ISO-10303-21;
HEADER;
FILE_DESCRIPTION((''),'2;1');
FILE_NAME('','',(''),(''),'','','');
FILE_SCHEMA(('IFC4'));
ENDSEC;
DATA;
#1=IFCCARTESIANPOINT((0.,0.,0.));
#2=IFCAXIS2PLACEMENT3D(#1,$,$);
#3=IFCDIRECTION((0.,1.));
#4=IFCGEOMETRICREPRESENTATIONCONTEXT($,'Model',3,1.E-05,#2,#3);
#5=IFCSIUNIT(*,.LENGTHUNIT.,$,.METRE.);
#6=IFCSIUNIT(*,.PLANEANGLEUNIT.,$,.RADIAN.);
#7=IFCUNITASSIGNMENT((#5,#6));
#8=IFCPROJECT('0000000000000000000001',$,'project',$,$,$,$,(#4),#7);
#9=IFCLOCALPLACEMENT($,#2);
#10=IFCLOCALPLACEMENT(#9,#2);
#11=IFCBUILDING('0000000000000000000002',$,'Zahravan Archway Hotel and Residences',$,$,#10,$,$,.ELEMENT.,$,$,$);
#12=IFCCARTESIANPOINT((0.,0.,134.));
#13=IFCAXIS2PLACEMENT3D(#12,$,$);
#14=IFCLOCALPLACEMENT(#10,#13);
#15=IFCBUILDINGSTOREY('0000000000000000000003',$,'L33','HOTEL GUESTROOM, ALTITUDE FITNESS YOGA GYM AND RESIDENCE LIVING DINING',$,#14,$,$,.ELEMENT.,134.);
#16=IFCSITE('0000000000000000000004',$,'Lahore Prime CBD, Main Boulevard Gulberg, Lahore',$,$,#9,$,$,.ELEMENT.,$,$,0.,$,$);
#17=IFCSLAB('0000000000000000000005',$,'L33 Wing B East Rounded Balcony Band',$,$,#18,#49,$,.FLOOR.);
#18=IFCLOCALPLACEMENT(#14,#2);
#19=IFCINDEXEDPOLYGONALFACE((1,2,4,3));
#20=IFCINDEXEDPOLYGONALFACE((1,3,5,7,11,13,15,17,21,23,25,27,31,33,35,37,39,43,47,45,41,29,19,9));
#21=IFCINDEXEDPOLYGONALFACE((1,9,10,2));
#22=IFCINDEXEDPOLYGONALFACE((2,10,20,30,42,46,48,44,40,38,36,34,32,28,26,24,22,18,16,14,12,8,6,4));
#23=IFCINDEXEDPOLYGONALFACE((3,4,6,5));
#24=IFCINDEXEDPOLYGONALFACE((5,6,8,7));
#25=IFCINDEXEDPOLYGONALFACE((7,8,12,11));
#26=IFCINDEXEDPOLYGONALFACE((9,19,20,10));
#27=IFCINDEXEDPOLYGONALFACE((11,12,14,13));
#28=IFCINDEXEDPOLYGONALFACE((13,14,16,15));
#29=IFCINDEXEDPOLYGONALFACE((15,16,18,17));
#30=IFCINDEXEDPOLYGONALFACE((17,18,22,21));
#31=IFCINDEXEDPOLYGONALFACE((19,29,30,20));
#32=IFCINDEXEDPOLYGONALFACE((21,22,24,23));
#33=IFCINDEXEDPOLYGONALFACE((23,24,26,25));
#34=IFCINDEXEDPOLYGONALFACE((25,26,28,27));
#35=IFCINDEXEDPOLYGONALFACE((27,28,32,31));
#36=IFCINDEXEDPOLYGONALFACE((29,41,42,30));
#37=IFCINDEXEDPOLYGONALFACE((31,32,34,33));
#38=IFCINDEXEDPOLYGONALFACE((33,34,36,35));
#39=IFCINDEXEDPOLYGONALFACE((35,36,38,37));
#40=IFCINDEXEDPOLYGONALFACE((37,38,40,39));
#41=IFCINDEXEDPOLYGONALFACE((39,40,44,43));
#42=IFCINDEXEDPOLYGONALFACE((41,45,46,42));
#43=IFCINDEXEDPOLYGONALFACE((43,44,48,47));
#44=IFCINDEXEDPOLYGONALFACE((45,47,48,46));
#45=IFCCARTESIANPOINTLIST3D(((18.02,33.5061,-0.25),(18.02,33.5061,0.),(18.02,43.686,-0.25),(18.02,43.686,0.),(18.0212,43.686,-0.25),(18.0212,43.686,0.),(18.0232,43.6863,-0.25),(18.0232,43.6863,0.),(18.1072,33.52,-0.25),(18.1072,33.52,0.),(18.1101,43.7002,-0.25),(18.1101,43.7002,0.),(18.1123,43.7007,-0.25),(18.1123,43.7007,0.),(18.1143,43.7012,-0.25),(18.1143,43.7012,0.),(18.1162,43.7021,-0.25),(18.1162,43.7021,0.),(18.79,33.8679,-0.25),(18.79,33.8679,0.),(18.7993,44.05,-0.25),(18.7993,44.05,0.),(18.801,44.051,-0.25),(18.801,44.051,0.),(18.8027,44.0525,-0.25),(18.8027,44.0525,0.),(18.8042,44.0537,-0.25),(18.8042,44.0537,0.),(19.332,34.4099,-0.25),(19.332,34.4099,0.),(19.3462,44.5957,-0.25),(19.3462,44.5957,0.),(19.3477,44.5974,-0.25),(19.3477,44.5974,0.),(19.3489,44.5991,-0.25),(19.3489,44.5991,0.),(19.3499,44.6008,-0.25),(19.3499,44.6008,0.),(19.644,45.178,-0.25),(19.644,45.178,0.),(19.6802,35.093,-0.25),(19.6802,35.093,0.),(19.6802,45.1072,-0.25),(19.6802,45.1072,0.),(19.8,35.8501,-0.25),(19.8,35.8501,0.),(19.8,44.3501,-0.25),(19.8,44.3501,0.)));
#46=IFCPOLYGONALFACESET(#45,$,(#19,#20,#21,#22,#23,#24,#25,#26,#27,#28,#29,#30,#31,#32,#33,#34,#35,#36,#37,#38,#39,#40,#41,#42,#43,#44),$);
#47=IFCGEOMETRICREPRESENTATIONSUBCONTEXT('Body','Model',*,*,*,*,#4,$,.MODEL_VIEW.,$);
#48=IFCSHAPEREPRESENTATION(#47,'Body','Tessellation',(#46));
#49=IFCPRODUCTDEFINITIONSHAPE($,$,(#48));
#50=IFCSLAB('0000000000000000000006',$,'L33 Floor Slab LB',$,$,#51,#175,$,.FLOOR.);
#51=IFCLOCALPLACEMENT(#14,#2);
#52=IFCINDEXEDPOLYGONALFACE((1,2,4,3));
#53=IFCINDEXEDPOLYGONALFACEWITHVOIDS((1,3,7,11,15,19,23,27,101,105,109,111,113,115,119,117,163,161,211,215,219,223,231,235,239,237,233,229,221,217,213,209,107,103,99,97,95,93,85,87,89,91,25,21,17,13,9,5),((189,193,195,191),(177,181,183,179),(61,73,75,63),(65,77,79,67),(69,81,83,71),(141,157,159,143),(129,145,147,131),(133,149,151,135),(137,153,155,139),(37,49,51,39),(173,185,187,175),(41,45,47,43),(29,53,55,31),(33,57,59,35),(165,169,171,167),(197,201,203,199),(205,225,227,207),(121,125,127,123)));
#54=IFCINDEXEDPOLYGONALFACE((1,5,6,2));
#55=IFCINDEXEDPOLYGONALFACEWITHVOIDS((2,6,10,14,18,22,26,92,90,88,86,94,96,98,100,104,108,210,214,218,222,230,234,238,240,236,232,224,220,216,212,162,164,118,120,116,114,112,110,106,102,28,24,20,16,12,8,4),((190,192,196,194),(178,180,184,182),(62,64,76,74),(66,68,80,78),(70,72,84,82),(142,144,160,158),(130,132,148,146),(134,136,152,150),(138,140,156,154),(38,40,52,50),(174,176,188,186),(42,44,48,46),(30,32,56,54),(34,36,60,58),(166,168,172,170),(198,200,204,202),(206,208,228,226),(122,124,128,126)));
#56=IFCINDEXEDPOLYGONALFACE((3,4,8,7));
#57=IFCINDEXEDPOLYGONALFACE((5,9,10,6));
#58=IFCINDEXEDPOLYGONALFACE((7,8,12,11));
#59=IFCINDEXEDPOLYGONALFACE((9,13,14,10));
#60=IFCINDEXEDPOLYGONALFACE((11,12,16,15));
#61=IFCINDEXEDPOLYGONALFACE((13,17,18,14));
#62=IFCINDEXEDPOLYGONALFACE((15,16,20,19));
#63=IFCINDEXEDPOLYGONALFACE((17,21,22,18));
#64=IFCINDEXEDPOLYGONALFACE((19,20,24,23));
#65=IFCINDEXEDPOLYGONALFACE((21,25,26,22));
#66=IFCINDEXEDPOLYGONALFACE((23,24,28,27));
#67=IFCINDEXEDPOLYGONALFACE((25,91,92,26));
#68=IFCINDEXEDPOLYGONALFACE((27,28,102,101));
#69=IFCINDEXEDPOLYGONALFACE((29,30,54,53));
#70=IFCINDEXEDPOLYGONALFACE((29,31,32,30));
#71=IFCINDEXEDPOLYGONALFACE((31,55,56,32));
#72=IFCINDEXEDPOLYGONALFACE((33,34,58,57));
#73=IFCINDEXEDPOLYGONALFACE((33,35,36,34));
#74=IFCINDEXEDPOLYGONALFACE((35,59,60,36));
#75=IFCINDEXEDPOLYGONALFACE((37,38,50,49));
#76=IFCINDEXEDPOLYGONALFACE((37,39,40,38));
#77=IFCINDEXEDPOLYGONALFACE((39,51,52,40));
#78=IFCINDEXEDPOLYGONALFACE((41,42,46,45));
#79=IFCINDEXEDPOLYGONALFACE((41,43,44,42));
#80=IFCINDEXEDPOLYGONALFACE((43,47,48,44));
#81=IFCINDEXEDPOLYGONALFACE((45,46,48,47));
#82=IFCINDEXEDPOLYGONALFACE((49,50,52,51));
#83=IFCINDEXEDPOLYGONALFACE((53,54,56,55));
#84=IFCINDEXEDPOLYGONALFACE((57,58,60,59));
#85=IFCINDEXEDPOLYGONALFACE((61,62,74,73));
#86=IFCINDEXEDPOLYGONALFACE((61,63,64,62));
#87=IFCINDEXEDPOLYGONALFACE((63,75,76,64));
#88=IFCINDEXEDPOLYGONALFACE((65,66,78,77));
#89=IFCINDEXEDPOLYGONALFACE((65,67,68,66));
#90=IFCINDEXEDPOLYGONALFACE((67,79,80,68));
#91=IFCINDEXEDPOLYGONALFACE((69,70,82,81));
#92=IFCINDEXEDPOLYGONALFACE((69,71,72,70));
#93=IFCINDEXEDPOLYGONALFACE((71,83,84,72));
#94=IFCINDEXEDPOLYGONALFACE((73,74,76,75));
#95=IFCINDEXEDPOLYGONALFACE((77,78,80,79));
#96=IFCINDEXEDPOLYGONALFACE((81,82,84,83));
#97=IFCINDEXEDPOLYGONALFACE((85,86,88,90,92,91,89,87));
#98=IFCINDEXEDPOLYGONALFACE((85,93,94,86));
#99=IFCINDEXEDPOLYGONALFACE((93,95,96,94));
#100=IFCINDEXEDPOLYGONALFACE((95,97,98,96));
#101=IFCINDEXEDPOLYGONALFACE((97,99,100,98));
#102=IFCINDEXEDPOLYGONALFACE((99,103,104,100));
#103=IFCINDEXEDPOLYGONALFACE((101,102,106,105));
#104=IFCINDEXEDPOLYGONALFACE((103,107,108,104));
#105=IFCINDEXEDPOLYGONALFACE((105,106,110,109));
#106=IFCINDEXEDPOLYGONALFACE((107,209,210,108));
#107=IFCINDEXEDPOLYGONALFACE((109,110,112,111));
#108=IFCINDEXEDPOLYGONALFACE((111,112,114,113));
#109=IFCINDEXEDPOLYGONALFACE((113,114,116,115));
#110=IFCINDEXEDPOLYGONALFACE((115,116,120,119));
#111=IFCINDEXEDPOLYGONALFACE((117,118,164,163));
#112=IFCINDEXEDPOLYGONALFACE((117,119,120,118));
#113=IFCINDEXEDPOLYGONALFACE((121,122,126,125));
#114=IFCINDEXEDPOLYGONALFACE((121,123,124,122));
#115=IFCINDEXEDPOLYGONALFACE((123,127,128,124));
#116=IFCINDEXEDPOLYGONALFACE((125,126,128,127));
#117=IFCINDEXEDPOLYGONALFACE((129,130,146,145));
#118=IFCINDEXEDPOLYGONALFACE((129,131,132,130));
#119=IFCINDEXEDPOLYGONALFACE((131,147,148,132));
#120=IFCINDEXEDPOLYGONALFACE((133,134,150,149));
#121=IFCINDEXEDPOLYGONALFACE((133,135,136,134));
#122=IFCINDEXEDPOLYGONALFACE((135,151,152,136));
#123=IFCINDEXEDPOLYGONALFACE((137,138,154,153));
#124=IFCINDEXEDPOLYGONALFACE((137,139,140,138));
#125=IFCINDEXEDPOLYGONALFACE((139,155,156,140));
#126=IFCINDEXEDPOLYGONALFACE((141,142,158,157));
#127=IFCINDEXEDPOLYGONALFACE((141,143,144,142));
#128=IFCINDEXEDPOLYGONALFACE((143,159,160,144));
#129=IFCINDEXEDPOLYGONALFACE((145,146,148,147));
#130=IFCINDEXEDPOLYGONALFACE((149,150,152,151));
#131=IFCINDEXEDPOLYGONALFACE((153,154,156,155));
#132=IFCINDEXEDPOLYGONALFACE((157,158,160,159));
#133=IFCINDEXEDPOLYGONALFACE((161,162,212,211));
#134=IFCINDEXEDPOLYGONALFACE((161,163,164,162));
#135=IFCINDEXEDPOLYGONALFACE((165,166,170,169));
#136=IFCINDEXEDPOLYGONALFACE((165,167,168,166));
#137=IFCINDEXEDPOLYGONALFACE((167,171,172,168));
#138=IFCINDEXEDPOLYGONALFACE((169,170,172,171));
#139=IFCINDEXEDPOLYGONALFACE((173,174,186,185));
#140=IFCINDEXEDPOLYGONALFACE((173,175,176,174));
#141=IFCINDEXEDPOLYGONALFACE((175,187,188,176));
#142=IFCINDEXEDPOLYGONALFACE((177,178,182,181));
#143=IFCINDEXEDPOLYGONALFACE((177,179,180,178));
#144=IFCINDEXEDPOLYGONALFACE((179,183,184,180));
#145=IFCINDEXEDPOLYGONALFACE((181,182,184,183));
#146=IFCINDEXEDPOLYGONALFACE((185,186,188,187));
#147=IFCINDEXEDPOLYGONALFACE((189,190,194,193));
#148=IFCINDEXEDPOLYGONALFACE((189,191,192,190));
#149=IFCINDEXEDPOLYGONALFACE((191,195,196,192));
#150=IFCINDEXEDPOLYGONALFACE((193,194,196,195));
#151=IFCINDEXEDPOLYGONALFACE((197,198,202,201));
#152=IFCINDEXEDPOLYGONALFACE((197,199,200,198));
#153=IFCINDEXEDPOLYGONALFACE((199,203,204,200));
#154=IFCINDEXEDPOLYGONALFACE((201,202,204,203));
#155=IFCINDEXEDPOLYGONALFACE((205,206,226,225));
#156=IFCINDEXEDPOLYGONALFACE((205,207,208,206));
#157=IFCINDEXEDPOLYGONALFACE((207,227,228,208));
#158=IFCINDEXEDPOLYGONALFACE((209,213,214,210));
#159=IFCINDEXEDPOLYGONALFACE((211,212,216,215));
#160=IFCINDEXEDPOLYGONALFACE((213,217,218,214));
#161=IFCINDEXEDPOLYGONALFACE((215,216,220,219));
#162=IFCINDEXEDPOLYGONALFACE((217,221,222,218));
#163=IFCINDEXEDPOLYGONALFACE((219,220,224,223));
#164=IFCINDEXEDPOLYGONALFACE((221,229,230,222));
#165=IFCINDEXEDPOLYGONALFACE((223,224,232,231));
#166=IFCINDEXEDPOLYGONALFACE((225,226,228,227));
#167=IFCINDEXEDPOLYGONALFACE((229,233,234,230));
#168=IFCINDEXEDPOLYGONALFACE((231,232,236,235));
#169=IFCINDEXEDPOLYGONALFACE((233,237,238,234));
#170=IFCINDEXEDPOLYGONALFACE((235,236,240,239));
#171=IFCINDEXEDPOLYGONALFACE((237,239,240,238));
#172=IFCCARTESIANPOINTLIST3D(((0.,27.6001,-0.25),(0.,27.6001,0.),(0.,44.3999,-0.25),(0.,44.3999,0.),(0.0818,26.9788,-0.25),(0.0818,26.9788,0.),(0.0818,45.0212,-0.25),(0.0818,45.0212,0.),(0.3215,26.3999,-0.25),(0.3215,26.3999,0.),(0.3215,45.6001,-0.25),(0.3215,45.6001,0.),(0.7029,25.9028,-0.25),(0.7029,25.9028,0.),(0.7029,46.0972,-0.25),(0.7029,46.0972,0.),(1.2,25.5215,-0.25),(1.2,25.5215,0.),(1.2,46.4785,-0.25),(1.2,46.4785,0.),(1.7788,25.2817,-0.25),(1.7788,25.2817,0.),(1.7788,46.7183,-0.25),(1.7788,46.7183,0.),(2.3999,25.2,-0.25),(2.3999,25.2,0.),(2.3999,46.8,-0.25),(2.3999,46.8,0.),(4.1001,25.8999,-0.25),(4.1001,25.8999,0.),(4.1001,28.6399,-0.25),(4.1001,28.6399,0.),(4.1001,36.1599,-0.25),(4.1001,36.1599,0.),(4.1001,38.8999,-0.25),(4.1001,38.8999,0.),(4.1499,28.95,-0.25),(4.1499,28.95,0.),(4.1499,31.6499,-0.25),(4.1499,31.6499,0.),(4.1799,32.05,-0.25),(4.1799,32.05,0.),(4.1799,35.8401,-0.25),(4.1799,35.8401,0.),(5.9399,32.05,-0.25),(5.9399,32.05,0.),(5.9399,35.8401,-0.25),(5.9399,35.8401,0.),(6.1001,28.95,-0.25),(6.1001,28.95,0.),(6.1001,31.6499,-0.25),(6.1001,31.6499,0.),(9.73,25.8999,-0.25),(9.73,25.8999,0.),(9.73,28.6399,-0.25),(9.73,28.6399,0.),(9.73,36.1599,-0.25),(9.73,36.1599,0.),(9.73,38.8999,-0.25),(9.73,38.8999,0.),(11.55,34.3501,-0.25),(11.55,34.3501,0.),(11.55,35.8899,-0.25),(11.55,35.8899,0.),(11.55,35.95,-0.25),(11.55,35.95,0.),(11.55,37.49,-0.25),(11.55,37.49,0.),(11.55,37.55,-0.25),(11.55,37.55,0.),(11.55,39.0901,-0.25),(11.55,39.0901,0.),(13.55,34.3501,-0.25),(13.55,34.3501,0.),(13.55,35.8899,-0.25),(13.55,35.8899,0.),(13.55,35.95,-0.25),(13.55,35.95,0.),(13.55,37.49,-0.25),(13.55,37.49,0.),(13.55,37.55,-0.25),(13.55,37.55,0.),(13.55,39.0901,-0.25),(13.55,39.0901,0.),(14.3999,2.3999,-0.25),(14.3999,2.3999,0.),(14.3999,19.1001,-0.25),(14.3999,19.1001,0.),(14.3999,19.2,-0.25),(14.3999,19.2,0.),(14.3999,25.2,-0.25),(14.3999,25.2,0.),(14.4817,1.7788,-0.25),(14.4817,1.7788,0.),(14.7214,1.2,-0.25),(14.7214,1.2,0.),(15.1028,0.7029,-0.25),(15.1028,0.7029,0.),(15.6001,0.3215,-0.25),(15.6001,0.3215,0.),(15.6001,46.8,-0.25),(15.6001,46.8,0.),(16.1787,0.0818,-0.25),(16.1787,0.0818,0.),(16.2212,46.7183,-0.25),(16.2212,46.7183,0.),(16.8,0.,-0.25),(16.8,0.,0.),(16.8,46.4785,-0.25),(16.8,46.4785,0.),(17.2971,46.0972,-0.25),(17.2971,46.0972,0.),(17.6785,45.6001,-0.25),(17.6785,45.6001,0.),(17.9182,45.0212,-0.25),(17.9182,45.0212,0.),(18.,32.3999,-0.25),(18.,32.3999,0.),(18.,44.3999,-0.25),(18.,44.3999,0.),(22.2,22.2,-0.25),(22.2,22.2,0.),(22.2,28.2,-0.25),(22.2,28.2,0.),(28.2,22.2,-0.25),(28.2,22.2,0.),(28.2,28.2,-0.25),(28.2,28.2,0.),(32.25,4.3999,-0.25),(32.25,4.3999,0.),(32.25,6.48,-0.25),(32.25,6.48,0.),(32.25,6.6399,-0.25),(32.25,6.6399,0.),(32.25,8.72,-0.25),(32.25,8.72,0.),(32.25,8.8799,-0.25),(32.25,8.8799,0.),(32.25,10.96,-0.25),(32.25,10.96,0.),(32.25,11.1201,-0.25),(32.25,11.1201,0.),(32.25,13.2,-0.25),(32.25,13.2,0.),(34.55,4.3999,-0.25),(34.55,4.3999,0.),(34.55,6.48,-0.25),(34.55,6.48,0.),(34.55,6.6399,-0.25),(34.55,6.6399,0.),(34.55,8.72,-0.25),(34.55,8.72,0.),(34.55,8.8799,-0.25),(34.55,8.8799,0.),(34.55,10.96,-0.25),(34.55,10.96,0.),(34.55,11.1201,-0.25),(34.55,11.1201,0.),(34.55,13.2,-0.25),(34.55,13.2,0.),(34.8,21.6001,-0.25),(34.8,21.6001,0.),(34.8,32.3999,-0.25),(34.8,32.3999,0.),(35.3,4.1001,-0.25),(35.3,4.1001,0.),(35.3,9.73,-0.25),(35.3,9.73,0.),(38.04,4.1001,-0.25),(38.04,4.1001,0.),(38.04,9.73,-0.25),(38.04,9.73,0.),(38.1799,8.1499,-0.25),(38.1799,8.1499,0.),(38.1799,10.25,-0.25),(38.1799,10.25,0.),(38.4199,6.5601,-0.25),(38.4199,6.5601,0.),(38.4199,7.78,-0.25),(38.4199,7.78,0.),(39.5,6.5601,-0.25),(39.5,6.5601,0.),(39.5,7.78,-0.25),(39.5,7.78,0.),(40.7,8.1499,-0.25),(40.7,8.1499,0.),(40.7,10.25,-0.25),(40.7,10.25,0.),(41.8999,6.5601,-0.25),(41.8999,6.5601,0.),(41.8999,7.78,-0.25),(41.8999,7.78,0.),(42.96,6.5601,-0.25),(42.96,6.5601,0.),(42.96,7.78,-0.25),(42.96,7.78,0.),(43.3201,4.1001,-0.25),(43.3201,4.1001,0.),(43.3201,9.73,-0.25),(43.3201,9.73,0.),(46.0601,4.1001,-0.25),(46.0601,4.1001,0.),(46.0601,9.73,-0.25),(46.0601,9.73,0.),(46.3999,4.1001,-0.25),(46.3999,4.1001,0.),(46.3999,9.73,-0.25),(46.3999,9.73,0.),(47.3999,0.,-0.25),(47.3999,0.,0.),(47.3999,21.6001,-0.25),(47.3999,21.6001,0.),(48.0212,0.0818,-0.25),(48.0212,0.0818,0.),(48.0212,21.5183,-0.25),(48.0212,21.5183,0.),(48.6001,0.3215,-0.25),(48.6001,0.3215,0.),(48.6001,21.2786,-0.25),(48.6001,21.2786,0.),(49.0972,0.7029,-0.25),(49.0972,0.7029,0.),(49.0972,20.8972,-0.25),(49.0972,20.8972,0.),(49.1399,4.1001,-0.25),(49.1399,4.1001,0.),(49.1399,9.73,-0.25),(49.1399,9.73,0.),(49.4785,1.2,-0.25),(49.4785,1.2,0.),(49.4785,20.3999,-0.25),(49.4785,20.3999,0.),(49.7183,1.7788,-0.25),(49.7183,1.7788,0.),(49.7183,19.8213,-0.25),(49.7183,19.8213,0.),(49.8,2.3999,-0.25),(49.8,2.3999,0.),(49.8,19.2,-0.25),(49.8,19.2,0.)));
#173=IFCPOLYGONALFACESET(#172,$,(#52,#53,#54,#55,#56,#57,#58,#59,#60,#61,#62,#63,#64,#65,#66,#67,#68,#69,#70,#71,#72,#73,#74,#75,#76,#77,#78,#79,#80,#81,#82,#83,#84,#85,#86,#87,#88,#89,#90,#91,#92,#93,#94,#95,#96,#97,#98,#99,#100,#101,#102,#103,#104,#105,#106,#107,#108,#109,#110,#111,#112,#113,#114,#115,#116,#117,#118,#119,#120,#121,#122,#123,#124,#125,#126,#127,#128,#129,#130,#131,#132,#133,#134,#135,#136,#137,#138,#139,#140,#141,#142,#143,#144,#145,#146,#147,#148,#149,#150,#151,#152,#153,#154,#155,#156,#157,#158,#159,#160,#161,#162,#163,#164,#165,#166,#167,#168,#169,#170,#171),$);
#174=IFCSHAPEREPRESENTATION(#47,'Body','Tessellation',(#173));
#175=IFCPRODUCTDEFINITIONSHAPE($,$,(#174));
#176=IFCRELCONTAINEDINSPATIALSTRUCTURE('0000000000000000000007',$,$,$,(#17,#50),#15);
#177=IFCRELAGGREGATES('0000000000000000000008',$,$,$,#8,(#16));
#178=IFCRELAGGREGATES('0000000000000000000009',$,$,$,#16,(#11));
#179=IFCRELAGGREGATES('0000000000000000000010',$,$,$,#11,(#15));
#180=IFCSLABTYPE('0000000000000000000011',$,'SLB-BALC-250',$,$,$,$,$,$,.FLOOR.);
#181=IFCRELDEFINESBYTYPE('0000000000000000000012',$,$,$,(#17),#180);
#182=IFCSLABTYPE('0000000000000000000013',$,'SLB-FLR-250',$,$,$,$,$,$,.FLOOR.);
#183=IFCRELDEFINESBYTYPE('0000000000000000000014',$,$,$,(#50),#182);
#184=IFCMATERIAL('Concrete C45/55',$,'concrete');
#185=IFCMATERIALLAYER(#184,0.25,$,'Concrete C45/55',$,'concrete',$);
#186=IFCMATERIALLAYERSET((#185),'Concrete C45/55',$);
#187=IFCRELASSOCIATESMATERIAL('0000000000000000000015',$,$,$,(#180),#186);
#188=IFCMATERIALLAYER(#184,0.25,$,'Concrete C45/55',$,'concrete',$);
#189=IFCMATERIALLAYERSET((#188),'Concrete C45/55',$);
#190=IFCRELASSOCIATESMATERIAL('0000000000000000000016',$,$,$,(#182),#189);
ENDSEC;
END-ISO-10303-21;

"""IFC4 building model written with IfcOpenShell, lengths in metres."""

from ifc_helpers import new_model, si_unit, direction, frame, origin, place, context, subcontext, project, spatial, polyline, outline, extrude, material, layer, layer_set, type_object, element, save


model = new_model("IFC4")

# Units and contexts
model_context = context("Model", 3, precision=1e-05, world=origin(), true_north=direction((0.0, 1.0)))
body_context = subcontext(model_context, "Body", "Model", "MODEL_VIEW")
ifc_project = project(units=[si_unit("LENGTHUNIT", "METRE"), si_unit("PLANEANGLEUNIT", "RADIAN")], contexts=[model_context])

# Site, building, storey
site_placement = place(None, origin())
site = spatial("IfcSite", under=ifc_project, at=site_placement, Name="Lahore Prime CBD, Main Boulevard Gulberg, Lahore", CompositionType="ELEMENT", RefElevation=0.0)
building_placement = place(site_placement, origin())
building = spatial("IfcBuilding", under=site, at=building_placement, Name="Zahravan Archway Hotel and Residences", CompositionType="ELEMENT")
storey_placement = place(building_placement, frame((0.0, 0.0, 134.0)))
storey = spatial("IfcBuildingStorey", under=building, at=storey_placement, Name="L33", Description="HOTEL GUESTROOM, ALTITUDE FITNESS YOGA GYM AND RESIDENCE LIVING DINING", CompositionType="ELEMENT", Elevation=134.0)

# Slabs
ifc_material_1 = material(Name="Concrete C45/55", Category="concrete")
ifc_layer_1 = layer(ifc_material_1, 0.25, Name="Concrete C45/55", Category="concrete")
ifc_layer_set_1 = layer_set([ifc_layer_1], Name="Concrete C45/55")
slab_type_1 = type_object("IfcSlabType", Name="SLB-BALC-250", PredefinedType="FLOOR", material=ifc_layer_set_1)
slab_1_placement = place(storey_placement, frame((0.0, 0.0, -0.25)))
element("IfcSlab", 1, at=slab_1_placement, inside=storey, type_object=slab_type_1, Name="L33 Wing B East Rounded Balcony Band", PredefinedType="FLOOR", context=body_context, shape_type="SweptSolid", body=[
    extrude(outline(polyline([(19.6802, 45.1072), (19.8, 44.3501), (19.8, 35.8501), (19.6802, 35.093), (19.332, 34.4099), (18.79, 33.8679), (18.1072, 33.52), (18.02, 33.5061), (18.02, 43.686), (18.0212, 43.686), (18.0232, 43.6863), (18.1101, 43.7002), (18.1123, 43.7007), (18.1143, 43.7012), (18.1162, 43.7021), (18.7993, 44.05), (18.801, 44.051), (18.8027, 44.0525), (18.8042, 44.0537), (19.3462, 44.5957), (19.3477, 44.5974), (19.3489, 44.5991), (19.3499, 44.6008), (19.644, 45.178), (19.6802, 45.1072)])), origin(), (0.0, 0.0, 1.0), 0.25),
])
ifc_layer_2 = layer(ifc_material_1, 0.25, Name="Concrete C45/55", Category="concrete")
ifc_layer_set_2 = layer_set([ifc_layer_2], Name="Concrete C45/55")
slab_type_2 = type_object("IfcSlabType", Name="SLB-FLR-250", PredefinedType="FLOOR", material=ifc_layer_set_2)
slab_2_placement = place(storey_placement, frame((0.0, 0.0, -0.25)))
element("IfcSlab", 2, at=slab_2_placement, inside=storey, type_object=slab_type_2, Name="L33 Floor Slab LB", PredefinedType="FLOOR", context=body_context, shape_type="SweptSolid", body=[
    extrude(outline(polyline([(34.8, 21.6001), (34.8, 32.3999), (18.0, 32.3999), (18.0, 44.3999), (17.9182, 45.0212), (17.6785, 45.6001), (17.2971, 46.0972), (16.8, 46.4785), (16.2212, 46.7183), (15.6001, 46.8), (2.3999, 46.8), (1.7788, 46.7183), (1.2, 46.4785), (0.7029, 46.0972), (0.3215, 45.6001), (0.0818, 45.0212), (0.0, 44.3999), (0.0, 27.6001), (0.0818, 26.9788), (0.3215, 26.3999), (0.7029, 25.9028), (1.2, 25.5215), (1.7788, 25.2817), (2.3999, 25.2), (14.3999, 25.2), (14.3999, 19.2), (14.3999, 19.1001), (14.3999, 2.3999), (14.4817, 1.7788), (14.7214, 1.2), (15.1028, 0.7029), (15.6001, 0.3215), (16.1787, 0.0818), (16.8, 0.0), (47.3999, 0.0), (48.0212, 0.0818), (48.6001, 0.3215), (49.0972, 0.7029), (49.4785, 1.2), (49.7183, 1.7788), (49.8, 2.3999), (49.8, 19.2), (49.7183, 19.8213), (49.4785, 20.3999), (49.0972, 20.8972), (48.6001, 21.2786), (48.0212, 21.5183), (47.3999, 21.6001), (34.8, 21.6001)]), holes=[polyline([(35.3, 9.73), (35.3, 4.1001), (38.04, 4.1001), (38.04, 9.73), (35.3, 9.73)]), polyline([(43.3201, 9.73), (43.3201, 4.1001), (46.0601, 4.1001), (46.0601, 9.73), (43.3201, 9.73)]), polyline([(46.3999, 9.73), (46.3999, 4.1001), (49.1399, 4.1001), (49.1399, 9.73), (46.3999, 9.73)]), polyline([(9.73, 28.6399), (4.1001, 28.6399), (4.1001, 25.8999), (9.73, 25.8999), (9.73, 28.6399)]), polyline([(9.73, 38.8999), (4.1001, 38.8999), (4.1001, 36.1599), (9.73, 36.1599), (9.73, 38.8999)]), polyline([(38.1799, 8.1499), (40.7, 8.1499), (40.7, 10.25), (38.1799, 10.25), (38.1799, 8.1499)]), polyline([(4.1499, 28.95), (6.1001, 28.95), (6.1001, 31.6499), (4.1499, 31.6499), (4.1499, 28.95)]), polyline([(11.55, 34.3501), (13.55, 34.3501), (13.55, 35.8899), (11.55, 35.8899), (11.55, 34.3501)]), polyline([(11.55, 35.95), (13.55, 35.95), (13.55, 37.49), (11.55, 37.49), (11.55, 35.95)]), polyline([(11.55, 37.55), (13.55, 37.55), (13.55, 39.0901), (11.55, 39.0901), (11.55, 37.55)]), polyline([(32.25, 4.3999), (34.55, 4.3999), (34.55, 6.48), (32.25, 6.48), (32.25, 4.3999)]), polyline([(32.25, 6.6399), (34.55, 6.6399), (34.55, 8.72), (32.25, 8.72), (32.25, 6.6399)]), polyline([(32.25, 8.8799), (34.55, 8.8799), (34.55, 10.96), (32.25, 10.96), (32.25, 8.8799)]), polyline([(32.25, 11.1201), (34.55, 11.1201), (34.55, 13.2), (32.25, 13.2), (32.25, 11.1201)]), polyline([(22.2, 22.2), (28.2, 22.2), (28.2, 28.2), (22.2, 28.2), (22.2, 22.2)]), polyline([(38.4199, 6.5601), (39.5, 6.5601), (39.5, 7.78), (38.4199, 7.78), (38.4199, 6.5601)]), polyline([(41.8999, 6.5601), (42.96, 6.5601), (42.96, 7.78), (41.8999, 7.78), (41.8999, 6.5601)]), polyline([(4.1799, 32.05), (5.9399, 32.05), (5.9399, 35.8401), (4.1799, 35.8401), (4.1799, 32.05)])]), origin(), (0.0, 0.0, 1.0), 0.25),
])

save(model, "model.ifc")
